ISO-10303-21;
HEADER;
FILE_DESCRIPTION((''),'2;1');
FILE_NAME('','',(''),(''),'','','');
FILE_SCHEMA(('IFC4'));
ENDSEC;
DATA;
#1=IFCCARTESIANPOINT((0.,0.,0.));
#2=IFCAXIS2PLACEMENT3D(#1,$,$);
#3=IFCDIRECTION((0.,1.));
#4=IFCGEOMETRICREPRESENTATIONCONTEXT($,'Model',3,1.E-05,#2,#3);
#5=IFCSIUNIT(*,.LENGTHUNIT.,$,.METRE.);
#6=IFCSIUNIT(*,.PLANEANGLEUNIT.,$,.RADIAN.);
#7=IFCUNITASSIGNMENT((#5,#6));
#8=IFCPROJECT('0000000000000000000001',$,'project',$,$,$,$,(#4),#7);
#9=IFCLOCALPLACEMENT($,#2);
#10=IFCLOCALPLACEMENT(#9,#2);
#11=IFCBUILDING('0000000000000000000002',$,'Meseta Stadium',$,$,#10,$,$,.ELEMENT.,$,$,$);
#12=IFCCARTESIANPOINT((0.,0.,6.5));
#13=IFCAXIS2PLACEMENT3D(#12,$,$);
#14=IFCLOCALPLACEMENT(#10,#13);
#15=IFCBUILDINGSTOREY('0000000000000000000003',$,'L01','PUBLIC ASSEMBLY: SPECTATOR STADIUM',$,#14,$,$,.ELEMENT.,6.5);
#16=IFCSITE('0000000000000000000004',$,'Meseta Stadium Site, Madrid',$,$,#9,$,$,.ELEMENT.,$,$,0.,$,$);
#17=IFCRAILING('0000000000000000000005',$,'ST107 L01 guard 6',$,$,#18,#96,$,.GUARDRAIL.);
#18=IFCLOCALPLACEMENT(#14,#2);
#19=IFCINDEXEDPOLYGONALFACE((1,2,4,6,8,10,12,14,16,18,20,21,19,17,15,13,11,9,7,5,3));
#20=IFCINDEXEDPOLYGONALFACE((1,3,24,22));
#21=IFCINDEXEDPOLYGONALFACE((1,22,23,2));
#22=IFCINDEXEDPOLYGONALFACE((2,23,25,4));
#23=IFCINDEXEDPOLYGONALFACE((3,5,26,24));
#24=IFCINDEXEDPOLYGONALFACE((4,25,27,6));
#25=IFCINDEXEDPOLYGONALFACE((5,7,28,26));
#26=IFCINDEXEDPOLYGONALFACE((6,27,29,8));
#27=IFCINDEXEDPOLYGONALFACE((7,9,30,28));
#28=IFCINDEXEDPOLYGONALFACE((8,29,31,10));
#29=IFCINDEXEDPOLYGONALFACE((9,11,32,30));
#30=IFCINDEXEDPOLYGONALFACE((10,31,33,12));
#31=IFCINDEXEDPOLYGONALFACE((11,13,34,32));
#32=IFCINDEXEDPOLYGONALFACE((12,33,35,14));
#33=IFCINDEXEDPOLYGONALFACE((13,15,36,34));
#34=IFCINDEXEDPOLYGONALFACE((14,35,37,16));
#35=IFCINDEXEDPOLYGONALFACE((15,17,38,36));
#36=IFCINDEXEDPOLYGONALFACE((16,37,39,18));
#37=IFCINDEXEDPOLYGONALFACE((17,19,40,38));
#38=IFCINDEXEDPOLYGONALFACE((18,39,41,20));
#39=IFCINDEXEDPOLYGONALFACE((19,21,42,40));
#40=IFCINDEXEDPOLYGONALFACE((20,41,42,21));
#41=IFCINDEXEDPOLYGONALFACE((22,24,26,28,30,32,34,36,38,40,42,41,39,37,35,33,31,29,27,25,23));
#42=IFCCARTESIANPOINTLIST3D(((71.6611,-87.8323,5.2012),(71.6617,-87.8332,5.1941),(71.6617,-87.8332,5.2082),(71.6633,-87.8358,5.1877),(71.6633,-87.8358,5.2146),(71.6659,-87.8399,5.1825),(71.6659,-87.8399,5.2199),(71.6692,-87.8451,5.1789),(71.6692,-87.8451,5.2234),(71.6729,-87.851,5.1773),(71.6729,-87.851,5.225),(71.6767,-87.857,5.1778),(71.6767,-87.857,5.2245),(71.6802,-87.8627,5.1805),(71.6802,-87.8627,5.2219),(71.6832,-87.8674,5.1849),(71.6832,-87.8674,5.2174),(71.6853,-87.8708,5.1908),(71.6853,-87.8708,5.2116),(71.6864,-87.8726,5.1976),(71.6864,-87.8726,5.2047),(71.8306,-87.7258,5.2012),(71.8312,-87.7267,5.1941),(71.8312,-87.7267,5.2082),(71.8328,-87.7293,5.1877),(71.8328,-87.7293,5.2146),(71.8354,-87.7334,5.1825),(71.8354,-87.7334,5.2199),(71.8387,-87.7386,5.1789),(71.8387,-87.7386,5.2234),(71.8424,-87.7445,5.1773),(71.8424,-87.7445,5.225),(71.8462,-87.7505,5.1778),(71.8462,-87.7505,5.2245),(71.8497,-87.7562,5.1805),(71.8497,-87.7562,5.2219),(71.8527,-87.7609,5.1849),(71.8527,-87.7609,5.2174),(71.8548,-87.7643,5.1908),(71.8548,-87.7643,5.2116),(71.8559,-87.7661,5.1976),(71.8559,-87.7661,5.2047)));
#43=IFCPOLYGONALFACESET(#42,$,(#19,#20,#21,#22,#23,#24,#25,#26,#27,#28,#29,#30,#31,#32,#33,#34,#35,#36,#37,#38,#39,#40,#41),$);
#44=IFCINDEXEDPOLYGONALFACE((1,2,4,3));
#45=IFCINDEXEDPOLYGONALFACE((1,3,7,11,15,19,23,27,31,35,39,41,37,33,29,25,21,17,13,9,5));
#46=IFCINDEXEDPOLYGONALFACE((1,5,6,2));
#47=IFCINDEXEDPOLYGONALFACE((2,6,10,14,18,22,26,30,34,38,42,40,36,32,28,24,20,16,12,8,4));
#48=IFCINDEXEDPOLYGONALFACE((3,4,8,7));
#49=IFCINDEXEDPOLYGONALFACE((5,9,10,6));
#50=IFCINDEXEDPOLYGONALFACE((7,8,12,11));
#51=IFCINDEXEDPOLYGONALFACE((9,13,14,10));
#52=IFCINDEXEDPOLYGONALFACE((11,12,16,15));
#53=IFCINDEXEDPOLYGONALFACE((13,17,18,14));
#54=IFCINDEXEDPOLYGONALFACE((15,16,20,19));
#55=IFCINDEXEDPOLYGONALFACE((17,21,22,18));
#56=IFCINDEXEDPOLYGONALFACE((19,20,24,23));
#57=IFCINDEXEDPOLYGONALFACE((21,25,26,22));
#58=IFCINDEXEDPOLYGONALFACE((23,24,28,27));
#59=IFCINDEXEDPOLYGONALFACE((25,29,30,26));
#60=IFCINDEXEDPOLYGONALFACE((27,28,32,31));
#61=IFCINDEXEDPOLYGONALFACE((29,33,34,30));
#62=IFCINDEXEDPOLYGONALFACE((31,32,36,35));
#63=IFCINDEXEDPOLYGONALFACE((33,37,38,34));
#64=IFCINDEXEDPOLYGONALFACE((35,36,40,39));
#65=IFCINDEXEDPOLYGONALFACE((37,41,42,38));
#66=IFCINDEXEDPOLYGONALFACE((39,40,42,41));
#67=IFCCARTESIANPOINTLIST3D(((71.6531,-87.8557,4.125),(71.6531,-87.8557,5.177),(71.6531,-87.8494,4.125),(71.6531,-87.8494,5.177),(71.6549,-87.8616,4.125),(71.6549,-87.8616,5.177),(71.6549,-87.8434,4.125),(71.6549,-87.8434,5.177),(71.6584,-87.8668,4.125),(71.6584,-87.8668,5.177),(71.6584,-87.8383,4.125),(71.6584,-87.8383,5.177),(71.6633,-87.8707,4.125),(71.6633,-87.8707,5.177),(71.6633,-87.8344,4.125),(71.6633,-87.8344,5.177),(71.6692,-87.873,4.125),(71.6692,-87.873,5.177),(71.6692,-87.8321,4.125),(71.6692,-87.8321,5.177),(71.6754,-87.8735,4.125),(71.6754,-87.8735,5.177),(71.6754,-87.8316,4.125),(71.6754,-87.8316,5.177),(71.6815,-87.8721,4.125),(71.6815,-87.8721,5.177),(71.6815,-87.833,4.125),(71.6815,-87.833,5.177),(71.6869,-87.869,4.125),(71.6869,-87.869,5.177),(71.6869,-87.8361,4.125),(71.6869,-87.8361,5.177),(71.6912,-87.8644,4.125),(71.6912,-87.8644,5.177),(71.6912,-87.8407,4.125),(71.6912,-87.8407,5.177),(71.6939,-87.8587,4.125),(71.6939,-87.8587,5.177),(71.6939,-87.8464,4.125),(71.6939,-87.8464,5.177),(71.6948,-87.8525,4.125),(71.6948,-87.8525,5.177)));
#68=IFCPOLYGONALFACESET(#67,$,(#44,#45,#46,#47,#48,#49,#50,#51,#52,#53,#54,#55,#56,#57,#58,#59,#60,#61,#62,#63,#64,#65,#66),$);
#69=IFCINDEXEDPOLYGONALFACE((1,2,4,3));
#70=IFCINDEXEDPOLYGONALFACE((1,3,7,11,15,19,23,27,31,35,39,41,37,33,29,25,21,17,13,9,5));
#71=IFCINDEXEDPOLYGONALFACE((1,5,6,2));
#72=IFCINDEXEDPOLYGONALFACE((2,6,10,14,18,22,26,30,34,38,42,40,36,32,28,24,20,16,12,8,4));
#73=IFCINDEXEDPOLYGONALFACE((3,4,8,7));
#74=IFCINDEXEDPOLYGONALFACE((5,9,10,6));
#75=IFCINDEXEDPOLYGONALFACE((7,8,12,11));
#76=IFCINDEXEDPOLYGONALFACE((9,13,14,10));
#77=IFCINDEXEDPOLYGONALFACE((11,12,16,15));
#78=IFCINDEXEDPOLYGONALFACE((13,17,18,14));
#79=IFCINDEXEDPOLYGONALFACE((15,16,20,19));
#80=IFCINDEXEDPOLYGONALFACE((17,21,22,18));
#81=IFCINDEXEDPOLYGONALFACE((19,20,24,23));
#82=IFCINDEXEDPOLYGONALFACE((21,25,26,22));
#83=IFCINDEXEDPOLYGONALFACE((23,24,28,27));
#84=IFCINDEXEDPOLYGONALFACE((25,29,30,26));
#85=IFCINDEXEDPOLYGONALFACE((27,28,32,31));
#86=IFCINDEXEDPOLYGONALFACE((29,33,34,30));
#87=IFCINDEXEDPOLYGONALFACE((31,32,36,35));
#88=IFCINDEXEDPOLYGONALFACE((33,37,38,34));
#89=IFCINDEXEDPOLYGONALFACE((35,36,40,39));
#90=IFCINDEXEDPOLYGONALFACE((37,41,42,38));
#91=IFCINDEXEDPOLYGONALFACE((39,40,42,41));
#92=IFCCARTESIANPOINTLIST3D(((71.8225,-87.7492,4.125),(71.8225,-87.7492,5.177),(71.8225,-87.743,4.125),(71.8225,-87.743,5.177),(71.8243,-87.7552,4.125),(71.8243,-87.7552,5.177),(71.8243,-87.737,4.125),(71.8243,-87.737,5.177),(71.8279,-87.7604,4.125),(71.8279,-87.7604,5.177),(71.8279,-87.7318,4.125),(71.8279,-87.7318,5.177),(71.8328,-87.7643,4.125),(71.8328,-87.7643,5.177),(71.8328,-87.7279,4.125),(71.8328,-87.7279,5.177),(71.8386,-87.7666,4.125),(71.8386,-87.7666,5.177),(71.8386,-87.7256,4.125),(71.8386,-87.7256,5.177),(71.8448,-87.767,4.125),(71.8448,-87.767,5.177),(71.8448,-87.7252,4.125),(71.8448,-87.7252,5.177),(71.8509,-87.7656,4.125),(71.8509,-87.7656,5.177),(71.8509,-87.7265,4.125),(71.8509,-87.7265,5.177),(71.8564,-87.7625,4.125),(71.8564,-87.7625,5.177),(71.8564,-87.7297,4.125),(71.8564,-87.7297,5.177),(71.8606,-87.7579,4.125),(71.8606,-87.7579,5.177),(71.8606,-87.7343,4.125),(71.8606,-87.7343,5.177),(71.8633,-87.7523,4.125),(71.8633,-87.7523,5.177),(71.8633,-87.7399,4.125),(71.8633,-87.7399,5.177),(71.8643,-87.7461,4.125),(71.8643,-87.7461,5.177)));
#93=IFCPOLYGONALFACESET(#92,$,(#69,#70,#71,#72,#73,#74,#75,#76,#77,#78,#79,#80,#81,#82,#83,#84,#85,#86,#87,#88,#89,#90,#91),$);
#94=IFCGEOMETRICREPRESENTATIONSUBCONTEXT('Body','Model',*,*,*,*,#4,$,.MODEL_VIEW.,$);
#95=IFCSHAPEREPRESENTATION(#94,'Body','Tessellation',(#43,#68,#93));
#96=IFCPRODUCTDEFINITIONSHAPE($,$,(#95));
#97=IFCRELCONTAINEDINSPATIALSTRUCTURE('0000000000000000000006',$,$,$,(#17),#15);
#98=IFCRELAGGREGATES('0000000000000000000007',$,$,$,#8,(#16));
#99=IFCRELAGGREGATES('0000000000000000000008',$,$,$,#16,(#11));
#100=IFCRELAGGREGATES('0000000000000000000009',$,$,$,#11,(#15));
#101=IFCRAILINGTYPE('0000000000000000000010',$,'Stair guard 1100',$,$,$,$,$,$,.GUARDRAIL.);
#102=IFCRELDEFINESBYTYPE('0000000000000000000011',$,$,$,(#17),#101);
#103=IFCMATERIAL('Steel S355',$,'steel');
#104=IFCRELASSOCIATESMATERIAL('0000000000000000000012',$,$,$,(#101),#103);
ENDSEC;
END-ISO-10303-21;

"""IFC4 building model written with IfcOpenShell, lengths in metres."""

from ifc_helpers import new_model, si_unit, direction, frame, origin, origin_2d, place, context, subcontext, project, spatial, circle, extrude, material, type_object, element, save


model = new_model("IFC4")

# Units and contexts
model_context = context("Model", 3, precision=1e-05, world=origin(), true_north=direction((0.0, 1.0)))
body_context = subcontext(model_context, "Body", "Model", "MODEL_VIEW")
ifc_project = project(units=[si_unit("LENGTHUNIT", "METRE"), si_unit("PLANEANGLEUNIT", "RADIAN")], contexts=[model_context])

# Site, building, storey
site_placement = place(None, origin())
site = spatial("IfcSite", under=ifc_project, at=site_placement, Name="Meseta Stadium Site, Madrid", CompositionType="ELEMENT", RefElevation=0.0)
building_placement = place(site_placement, origin())
building = spatial("IfcBuilding", under=site, at=building_placement, Name="Meseta Stadium", CompositionType="ELEMENT")
storey_placement = place(building_placement, frame((0.0, 0.0, 6.5)))
storey = spatial("IfcBuildingStorey", under=building, at=storey_placement, Name="L01", Description="PUBLIC ASSEMBLY: SPECTATOR STADIUM", CompositionType="ELEMENT", Elevation=6.5)

# Railing
ifc_material_1 = material(Name="Steel S355", Category="steel")
railing_type_1 = type_object("IfcRailingType", Name="Stair guard 1100", PredefinedType="GUARDRAIL", material=ifc_material_1)
railing_1_placement = place(storey_placement, frame((71.6738, -87.8525, 4.125)))
element("IfcRailing", 1, at=railing_1_placement, inside=storey, type_object=railing_type_1, Name="ST107 L01 guard 6", PredefinedType="GUARDRAIL", context=body_context, shape_type="SweptSolid", body=[
    extrude(circle(Radius=0.0239, at=origin_2d()), frame((0.0, 0.0, 1.0762), z_axis=(0.846762, 0.531972, 0.0), x_axis=(-0.531972, 0.846762, 0.0)), (0.0, 0.0, 1.0), 0.2002),
    extrude(circle(Radius=0.021, at=origin_2d()), origin(), (0.0, 0.0, 1.0), 1.052),
    extrude(circle(Radius=0.021, at=origin_2d()), frame((0.1694, 0.1064, 0.0)), (0.0, 0.0, 1.0), 1.052),
])

save(model, "model.ifc")
